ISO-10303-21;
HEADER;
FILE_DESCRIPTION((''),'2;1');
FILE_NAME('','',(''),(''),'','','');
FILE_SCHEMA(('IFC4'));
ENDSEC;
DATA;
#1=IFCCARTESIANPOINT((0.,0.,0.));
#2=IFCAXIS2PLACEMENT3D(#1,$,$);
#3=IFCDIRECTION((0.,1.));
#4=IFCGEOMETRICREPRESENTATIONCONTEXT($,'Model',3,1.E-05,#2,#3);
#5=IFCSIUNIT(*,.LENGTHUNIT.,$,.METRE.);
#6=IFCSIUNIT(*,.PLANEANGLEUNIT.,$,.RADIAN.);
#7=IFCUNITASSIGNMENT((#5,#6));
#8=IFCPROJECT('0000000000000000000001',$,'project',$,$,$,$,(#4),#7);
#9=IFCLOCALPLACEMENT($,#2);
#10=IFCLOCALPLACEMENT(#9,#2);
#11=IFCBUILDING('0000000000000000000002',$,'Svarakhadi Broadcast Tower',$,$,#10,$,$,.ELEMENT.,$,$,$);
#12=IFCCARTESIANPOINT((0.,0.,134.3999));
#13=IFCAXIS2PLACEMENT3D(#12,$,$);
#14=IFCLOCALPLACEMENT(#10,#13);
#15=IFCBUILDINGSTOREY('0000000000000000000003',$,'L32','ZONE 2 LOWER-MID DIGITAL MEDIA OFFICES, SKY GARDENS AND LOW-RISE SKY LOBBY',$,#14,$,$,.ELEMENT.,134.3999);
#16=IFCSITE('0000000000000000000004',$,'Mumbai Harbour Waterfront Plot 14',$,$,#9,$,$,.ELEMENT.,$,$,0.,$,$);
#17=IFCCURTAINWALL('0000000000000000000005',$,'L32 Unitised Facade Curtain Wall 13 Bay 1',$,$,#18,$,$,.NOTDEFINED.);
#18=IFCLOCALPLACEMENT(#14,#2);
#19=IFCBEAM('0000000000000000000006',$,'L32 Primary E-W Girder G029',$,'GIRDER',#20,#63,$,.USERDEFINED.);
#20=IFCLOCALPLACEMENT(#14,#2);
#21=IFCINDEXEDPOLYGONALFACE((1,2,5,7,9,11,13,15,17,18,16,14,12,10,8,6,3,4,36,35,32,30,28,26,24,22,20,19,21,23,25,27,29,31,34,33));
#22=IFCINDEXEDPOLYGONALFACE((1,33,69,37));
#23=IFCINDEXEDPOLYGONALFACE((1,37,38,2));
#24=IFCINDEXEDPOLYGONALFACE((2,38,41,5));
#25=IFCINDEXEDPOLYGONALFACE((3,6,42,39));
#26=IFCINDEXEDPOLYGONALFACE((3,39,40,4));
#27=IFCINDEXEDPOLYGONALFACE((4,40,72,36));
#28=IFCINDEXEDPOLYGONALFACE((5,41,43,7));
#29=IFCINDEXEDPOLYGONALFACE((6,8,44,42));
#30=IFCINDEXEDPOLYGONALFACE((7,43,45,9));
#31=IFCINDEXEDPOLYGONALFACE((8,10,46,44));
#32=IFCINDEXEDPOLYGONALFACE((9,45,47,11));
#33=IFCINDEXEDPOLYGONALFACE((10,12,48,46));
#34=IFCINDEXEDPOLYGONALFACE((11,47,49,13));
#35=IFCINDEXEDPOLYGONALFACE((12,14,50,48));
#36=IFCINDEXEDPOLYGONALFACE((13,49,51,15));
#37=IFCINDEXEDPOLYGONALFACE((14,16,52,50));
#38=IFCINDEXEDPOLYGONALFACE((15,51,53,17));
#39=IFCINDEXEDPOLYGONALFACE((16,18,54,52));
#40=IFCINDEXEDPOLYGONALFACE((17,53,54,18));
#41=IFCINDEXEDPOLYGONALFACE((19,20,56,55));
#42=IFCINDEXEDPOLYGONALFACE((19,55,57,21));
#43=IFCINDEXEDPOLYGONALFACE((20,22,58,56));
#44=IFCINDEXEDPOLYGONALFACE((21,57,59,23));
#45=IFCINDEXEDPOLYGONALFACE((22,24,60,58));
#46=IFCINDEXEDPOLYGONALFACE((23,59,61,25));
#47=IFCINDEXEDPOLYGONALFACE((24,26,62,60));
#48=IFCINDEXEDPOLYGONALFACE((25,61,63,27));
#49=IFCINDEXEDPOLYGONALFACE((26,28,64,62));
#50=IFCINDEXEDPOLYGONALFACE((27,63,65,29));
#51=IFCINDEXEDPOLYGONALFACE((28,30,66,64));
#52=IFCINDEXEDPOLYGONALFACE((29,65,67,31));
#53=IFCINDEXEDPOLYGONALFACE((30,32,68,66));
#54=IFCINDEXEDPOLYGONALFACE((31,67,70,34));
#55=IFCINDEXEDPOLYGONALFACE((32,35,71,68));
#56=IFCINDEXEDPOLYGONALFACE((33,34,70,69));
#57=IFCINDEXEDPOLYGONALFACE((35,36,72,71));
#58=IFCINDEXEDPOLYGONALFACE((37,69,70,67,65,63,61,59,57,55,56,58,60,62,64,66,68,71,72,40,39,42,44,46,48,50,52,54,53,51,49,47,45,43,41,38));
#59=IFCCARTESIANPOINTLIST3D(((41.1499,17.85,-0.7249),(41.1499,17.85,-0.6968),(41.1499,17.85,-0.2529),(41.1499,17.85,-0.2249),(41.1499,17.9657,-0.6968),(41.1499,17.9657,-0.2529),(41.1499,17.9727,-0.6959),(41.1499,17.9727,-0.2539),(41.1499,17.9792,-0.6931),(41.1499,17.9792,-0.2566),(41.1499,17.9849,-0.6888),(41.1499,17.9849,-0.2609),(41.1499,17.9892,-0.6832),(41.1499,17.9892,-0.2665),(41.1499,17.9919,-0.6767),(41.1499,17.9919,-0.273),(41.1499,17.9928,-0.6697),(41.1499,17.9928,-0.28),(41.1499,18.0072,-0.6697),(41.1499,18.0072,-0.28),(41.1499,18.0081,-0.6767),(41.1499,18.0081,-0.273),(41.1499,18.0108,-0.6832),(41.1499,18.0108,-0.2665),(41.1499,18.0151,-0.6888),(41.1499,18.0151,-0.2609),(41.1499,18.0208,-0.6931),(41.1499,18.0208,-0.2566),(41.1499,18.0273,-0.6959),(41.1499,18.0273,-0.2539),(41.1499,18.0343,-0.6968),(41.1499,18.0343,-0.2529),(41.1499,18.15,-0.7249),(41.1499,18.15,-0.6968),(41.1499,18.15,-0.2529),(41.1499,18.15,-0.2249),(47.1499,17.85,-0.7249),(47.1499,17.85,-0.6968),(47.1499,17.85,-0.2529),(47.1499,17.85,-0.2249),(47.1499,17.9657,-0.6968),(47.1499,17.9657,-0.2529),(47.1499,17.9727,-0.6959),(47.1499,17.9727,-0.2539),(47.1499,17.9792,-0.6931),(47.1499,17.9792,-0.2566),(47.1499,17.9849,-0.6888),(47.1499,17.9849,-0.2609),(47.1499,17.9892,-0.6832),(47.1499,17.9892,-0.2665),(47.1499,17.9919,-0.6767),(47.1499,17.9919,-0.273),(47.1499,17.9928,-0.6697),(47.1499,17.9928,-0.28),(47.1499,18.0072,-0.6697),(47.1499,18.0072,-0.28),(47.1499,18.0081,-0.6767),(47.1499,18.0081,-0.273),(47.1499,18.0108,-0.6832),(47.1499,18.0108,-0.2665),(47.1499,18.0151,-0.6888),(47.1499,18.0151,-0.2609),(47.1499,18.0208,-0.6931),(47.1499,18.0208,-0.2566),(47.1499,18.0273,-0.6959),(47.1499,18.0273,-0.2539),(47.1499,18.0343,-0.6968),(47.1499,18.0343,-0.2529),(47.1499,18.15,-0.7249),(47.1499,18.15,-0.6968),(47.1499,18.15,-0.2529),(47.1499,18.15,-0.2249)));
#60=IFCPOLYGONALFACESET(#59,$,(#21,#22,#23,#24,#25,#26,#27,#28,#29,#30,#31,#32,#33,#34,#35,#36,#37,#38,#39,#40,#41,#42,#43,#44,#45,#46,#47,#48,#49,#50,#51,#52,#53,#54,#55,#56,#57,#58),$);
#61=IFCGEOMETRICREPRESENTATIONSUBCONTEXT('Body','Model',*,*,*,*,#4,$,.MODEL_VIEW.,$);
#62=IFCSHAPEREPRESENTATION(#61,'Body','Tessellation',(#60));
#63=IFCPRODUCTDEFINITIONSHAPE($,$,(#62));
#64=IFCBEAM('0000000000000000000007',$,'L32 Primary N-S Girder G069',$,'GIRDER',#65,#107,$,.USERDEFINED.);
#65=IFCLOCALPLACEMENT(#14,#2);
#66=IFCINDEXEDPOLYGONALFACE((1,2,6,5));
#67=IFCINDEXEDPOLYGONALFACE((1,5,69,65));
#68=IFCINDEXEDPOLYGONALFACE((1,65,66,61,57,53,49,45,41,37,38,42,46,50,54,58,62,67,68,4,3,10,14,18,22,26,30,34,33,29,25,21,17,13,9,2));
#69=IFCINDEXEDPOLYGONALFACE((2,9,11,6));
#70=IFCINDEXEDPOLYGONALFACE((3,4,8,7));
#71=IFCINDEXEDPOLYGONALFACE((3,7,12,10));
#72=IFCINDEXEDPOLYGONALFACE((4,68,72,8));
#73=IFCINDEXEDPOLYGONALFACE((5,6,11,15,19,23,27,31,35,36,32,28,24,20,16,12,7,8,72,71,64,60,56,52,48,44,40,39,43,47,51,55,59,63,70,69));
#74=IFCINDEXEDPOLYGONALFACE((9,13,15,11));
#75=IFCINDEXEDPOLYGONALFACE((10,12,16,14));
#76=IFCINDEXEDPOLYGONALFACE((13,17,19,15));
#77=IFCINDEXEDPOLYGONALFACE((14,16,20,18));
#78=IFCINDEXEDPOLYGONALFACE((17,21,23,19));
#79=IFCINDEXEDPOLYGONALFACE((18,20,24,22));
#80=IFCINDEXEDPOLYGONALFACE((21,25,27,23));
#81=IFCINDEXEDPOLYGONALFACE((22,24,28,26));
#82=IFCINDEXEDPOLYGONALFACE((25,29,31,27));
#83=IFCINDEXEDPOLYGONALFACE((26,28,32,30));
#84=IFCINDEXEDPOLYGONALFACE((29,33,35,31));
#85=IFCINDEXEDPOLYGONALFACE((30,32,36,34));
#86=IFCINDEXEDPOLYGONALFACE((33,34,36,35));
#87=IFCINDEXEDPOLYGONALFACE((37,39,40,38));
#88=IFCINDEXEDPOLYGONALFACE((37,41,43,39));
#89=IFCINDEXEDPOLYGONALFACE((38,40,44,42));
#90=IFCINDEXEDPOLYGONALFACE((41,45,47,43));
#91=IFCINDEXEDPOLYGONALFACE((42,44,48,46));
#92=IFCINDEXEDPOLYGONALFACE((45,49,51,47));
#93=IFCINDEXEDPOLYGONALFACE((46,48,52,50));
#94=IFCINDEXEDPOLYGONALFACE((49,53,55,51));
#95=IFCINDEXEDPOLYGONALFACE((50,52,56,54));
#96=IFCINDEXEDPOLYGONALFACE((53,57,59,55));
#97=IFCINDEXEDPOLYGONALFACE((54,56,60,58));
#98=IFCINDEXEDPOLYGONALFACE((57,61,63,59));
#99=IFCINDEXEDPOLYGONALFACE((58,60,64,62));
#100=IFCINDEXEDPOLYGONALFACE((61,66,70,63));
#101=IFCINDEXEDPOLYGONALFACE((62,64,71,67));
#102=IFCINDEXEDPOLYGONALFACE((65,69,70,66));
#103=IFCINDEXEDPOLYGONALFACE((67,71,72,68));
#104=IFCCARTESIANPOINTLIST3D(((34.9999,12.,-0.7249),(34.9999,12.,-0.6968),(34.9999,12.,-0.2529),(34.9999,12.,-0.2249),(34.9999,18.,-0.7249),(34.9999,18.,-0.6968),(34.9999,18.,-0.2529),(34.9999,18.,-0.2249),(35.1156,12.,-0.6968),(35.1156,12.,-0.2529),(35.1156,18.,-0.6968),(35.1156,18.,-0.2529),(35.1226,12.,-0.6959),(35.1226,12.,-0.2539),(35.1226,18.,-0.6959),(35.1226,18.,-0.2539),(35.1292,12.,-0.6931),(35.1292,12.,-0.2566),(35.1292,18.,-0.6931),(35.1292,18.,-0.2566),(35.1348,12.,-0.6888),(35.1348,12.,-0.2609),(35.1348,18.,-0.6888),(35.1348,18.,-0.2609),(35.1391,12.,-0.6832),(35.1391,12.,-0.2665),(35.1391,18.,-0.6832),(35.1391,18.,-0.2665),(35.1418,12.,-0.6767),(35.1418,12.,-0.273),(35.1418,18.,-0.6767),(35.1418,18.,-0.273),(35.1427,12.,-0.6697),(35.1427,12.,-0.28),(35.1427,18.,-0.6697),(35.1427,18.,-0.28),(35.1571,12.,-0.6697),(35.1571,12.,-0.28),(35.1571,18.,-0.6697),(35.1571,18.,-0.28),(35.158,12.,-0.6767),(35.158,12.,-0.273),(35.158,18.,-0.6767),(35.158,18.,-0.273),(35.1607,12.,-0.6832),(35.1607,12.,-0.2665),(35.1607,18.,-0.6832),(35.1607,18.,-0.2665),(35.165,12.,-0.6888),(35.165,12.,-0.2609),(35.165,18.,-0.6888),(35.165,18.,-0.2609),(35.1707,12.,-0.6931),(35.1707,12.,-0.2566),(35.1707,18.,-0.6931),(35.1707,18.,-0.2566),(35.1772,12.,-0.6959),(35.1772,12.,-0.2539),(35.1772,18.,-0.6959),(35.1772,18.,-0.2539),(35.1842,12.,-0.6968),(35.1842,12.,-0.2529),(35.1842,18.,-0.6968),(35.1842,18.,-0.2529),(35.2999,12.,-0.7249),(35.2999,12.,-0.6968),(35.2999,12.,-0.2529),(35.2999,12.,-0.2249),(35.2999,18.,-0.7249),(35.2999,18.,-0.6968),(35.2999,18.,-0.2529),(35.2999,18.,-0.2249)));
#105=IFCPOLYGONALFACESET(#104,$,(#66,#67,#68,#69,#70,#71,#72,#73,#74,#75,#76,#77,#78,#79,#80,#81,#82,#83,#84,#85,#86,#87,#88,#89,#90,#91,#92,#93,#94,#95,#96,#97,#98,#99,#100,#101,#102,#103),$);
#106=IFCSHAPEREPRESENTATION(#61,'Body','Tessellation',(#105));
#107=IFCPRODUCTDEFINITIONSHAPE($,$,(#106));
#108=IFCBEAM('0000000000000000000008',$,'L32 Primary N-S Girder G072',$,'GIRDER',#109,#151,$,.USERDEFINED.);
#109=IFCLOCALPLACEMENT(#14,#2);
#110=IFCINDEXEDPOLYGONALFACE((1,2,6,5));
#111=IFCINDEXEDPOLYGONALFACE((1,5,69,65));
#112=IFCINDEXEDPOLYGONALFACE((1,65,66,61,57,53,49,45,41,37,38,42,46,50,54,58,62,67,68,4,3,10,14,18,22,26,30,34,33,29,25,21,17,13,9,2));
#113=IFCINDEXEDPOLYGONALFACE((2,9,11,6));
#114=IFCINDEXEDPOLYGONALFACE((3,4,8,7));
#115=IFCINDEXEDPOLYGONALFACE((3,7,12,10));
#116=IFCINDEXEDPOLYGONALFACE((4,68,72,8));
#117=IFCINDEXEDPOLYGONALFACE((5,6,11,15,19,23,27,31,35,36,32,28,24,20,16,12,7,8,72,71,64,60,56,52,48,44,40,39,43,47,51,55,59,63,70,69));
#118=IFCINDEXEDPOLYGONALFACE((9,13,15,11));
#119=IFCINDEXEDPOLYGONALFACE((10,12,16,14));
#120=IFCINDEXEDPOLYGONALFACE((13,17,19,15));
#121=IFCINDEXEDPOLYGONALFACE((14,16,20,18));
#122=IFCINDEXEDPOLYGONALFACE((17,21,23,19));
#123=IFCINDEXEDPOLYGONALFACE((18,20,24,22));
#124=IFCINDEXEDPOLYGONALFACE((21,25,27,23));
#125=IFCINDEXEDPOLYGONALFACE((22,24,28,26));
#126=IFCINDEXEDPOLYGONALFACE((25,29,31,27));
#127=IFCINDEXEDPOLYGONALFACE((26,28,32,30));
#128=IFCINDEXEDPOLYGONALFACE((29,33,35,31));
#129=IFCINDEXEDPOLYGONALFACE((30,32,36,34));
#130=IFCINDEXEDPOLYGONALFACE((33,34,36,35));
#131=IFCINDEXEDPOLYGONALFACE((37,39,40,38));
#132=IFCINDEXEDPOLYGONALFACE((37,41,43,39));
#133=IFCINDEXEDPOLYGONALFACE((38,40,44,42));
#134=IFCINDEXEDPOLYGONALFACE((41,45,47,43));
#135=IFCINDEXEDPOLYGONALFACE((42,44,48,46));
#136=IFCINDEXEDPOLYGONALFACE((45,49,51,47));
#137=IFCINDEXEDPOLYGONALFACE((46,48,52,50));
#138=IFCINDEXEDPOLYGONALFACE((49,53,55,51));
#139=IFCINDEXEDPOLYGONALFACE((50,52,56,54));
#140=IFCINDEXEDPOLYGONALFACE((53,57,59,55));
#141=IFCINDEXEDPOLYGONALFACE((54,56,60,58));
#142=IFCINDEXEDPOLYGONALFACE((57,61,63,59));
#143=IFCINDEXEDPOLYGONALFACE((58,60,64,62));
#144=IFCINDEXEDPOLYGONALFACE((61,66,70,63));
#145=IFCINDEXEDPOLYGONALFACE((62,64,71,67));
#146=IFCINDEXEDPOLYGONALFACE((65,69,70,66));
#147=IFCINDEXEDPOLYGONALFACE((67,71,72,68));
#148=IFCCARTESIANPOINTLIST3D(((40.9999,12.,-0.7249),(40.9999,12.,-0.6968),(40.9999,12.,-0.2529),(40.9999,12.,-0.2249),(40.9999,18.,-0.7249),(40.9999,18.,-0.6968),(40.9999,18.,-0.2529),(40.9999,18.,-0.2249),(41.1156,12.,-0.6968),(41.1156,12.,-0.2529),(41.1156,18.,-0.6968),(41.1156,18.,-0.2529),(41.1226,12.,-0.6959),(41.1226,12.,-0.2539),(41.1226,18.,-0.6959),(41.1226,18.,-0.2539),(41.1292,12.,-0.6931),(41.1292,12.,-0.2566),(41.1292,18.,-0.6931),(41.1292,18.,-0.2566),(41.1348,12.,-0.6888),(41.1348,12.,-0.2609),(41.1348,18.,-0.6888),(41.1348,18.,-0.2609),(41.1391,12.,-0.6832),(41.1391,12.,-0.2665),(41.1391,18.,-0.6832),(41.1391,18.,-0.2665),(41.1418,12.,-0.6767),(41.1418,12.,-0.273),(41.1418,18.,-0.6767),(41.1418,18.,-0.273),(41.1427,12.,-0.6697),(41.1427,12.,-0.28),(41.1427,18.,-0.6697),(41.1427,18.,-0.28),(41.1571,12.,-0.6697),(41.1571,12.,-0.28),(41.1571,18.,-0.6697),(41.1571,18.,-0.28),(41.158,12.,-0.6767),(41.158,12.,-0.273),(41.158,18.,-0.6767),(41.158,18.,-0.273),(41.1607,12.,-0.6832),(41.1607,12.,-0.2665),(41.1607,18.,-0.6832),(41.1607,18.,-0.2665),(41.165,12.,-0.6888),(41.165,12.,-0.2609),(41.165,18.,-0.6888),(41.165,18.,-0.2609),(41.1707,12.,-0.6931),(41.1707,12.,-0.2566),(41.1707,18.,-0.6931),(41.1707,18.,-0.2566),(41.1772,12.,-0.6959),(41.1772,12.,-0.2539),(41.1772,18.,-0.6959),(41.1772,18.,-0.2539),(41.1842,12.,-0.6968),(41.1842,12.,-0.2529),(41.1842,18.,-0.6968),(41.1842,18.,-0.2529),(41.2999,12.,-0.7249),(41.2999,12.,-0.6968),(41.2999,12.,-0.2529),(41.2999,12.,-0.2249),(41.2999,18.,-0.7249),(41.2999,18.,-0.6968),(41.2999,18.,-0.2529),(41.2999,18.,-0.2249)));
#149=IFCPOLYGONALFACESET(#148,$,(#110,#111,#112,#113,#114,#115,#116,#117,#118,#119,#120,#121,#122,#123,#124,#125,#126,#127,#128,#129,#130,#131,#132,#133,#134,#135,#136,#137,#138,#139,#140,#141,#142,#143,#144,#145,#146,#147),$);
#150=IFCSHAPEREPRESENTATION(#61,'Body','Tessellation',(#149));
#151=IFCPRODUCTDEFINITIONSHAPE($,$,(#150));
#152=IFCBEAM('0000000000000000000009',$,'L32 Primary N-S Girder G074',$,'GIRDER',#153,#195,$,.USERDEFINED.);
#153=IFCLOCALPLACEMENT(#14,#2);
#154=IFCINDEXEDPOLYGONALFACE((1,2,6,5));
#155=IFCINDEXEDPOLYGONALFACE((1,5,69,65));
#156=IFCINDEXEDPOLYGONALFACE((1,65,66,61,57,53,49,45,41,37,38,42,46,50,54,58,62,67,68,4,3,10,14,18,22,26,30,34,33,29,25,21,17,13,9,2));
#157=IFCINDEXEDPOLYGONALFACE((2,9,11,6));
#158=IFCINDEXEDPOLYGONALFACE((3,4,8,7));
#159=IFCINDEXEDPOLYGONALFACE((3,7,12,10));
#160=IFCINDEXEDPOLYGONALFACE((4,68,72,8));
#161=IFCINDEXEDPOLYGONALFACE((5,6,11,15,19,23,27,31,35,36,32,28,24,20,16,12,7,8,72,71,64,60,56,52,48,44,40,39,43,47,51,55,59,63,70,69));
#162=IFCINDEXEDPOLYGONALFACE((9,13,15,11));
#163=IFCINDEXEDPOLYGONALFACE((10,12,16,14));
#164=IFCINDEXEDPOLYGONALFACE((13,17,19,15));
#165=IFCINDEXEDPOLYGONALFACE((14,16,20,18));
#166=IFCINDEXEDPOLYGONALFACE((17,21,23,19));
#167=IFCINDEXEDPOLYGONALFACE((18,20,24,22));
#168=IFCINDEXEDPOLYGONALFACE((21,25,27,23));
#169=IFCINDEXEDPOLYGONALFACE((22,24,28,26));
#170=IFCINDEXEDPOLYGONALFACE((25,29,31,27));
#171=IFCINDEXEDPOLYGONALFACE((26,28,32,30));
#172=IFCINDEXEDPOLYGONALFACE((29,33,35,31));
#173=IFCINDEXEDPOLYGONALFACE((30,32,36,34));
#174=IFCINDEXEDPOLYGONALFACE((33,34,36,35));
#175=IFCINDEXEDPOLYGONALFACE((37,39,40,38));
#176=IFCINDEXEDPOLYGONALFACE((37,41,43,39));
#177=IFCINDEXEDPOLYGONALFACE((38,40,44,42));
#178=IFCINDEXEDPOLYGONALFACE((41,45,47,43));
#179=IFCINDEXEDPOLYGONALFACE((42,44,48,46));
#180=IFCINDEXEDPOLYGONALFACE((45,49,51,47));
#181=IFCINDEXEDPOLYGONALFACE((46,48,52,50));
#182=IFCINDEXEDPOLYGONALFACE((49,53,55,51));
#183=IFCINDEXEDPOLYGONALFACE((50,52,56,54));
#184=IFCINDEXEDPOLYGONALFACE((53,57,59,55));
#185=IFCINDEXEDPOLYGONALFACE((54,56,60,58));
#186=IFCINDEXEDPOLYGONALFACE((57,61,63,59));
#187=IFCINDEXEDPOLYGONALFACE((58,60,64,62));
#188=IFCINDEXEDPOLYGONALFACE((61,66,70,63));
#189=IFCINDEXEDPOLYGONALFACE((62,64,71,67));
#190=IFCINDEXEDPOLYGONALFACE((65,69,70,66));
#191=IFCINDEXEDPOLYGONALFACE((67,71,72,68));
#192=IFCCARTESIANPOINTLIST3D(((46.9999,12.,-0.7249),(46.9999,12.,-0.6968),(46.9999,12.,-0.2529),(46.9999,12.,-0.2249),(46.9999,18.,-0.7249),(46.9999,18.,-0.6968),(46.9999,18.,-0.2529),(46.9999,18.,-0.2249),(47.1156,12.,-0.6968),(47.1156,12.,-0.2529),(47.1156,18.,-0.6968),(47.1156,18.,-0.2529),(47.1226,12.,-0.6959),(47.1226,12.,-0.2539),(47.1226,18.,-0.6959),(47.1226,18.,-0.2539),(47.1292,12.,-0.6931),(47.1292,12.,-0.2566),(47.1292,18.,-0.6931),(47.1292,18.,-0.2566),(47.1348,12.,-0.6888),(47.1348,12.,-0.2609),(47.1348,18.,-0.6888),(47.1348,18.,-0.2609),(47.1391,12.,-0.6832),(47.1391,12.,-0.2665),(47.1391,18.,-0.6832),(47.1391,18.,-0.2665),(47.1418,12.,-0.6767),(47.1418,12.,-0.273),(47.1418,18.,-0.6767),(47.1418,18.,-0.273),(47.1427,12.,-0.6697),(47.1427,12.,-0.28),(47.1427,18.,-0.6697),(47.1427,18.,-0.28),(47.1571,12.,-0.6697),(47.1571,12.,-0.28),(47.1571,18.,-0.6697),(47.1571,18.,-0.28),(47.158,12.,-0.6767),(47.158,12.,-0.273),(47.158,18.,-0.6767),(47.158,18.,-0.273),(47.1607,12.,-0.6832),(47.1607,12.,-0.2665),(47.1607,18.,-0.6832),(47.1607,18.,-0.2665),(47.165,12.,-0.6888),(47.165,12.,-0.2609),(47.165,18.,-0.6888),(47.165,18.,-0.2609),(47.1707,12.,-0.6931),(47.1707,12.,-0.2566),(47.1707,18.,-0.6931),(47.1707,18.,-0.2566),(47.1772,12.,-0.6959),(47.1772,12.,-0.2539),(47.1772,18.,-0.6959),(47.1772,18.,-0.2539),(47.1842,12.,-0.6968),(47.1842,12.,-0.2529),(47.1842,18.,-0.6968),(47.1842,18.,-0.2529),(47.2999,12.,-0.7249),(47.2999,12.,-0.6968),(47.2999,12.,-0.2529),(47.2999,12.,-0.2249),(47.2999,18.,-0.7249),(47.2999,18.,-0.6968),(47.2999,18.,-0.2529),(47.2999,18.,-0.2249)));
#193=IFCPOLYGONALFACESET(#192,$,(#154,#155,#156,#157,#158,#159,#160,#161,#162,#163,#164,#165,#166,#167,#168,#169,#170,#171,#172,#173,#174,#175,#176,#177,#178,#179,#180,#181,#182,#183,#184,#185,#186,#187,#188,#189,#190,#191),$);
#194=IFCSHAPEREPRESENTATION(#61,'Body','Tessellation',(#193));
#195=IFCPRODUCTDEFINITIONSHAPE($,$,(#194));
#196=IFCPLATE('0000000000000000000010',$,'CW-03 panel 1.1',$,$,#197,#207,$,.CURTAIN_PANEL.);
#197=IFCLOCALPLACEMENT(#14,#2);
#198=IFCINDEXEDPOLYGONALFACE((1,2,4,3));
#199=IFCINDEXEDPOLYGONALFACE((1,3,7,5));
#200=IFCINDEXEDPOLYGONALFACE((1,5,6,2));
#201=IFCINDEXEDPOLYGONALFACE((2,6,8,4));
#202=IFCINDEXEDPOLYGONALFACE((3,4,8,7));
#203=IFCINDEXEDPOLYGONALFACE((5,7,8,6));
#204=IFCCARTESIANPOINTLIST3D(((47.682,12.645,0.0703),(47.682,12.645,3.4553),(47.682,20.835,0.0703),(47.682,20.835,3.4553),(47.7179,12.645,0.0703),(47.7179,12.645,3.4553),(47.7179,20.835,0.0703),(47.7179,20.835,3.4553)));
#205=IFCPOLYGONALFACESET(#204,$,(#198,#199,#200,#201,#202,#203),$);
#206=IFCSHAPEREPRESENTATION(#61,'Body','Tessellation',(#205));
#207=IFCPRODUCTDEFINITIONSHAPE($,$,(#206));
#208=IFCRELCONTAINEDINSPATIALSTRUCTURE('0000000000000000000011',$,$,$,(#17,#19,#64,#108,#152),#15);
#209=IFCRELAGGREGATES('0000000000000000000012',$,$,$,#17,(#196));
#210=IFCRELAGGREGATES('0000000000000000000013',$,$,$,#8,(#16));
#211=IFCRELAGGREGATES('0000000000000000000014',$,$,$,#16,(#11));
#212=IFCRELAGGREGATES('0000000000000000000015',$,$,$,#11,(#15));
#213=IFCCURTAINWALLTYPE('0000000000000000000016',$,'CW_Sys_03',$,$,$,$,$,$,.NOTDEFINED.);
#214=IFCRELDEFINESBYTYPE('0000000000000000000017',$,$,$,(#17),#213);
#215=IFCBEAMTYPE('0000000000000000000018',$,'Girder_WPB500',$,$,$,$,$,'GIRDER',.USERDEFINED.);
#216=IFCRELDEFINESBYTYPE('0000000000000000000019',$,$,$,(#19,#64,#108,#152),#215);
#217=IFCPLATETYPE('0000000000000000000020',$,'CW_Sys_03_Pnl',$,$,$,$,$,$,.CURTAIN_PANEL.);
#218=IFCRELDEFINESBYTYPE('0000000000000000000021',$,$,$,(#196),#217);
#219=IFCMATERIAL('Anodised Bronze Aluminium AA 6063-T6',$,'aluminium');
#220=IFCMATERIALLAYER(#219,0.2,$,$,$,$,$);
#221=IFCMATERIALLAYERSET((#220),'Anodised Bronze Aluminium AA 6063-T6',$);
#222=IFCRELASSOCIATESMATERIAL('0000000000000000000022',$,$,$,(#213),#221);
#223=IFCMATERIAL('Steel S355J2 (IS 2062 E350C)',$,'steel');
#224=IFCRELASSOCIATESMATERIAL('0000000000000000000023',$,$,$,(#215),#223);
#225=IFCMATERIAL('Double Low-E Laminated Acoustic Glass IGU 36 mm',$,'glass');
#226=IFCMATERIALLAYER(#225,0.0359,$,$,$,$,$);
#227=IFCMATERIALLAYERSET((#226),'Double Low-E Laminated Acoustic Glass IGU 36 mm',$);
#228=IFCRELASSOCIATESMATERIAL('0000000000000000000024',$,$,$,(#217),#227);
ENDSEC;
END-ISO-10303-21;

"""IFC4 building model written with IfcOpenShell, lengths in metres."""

from ifc_helpers import new_model, si_unit, direction, frame, origin, origin_2d, place, context, subcontext, project, spatial, rectangle, i_section, extrude, material, layer, layer_set, material_profile, profile_set, type_object, element, aggregate, save


model = new_model("IFC4")

# Units and contexts
model_context = context("Model", 3, precision=1e-05, world=origin(), true_north=direction((0.0, 1.0)))
body_context = subcontext(model_context, "Body", "Model", "MODEL_VIEW")
ifc_project = project(units=[si_unit("LENGTHUNIT", "METRE"), si_unit("PLANEANGLEUNIT", "RADIAN")], contexts=[model_context])

# Site, building, storey
site_placement = place(None, origin())
site = spatial("IfcSite", under=ifc_project, at=site_placement, Name="Mumbai Harbour Waterfront Plot 14", CompositionType="ELEMENT", RefElevation=0.0)
building_placement = place(site_placement, origin())
building = spatial("IfcBuilding", under=site, at=building_placement, Name="Svarakhadi Broadcast Tower", CompositionType="ELEMENT")
storey_placement = place(building_placement, frame((0.0, 0.0, 134.3999)))
storey = spatial("IfcBuildingStorey", under=building, at=storey_placement, Name="L32", Description="ZONE 2 LOWER-MID DIGITAL MEDIA OFFICES, SKY GARDENS AND LOW-RISE SKY LOBBY", CompositionType="ELEMENT", Elevation=134.3999)

# Shared definitions
ifc_material_1 = material(Name="Steel S355J2 (IS 2062 E350C)", Category="steel")

# Curtain wall
ifc_material_2 = material(Name="Anodised Bronze Aluminium AA 6063-T6", Category="aluminium")
ifc_layer_1 = layer(ifc_material_2, 0.2)
ifc_layer_set_1 = layer_set([ifc_layer_1], Name="Anodised Bronze Aluminium AA 6063-T6")
curtain_wall_type = type_object("IfcCurtainWallType", Name="CW_Sys_03", PredefinedType="NOTDEFINED", material=ifc_layer_set_1)
curtain_wall_placement = place(storey_placement, origin())
curtain_wall = element("IfcCurtainWall", 1, at=curtain_wall_placement, inside=storey, type_object=curtain_wall_type, Name="L32 Unitised Facade Curtain Wall 13 Bay 1", PredefinedType="NOTDEFINED")

# Beams
ifc_material_profile_1 = material_profile(ifc_material_1, i_section(OverallWidth=0.3, OverallDepth=0.5, WebThickness=0.0144, FlangeThickness=0.0281, FilletRadius=0.0271, at=origin_2d()), Name="WPB 500x300x187")
ifc_profile_set_1 = profile_set([ifc_material_profile_1], Name="Steel S355J2 (IS 2062 E350C)")
beam_type_1 = type_object("IfcBeamType", Name="Girder_WPB500", ElementType="GIRDER", PredefinedType="USERDEFINED", material=ifc_profile_set_1)
for number, where, z_axis, x_axis, name in (
    (2, (41.1499, 18.0, -0.4749), (1.0, 0.0, 0.0), (0.0, 1.0, 0.0), "L32 Primary E-W Girder G029"),
    (3, (35.1499, 12.0, -0.4749), (0.0, 1.0, 0.0), (-1.0, 0.0, 0.0), "L32 Primary N-S Girder G069"),
    (4, (41.1499, 12.0, -0.4749), (0.0, 1.0, 0.0), (-1.0, 0.0, 0.0), "L32 Primary N-S Girder G072"),
    (5, (47.1499, 12.0, -0.4749), (0.0, 1.0, 0.0), (-1.0, 0.0, 0.0), "L32 Primary N-S Girder G074"),
):
    element("IfcBeam", number, at=place(storey_placement, frame(where, z_axis=z_axis, x_axis=x_axis)), inside=storey, type_object=beam_type_1, Name=name, ObjectType="GIRDER", PredefinedType="USERDEFINED", context=body_context, shape_type="SweptSolid", body=[
        extrude(i_section(OverallWidth=0.3, OverallDepth=0.5, WebThickness=0.0144, FlangeThickness=0.0281, FilletRadius=0.0271, at=origin_2d()), origin(), (0.0, 0.0, 1.0), 6.0),
    ])

# Plate
ifc_material_3 = material(Name="Double Low-E Laminated Acoustic Glass IGU 36 mm", Category="glass")
ifc_layer_2 = layer(ifc_material_3, 0.0359)
ifc_layer_set_2 = layer_set([ifc_layer_2], Name="Double Low-E Laminated Acoustic Glass IGU 36 mm")
plate_type_1 = type_object("IfcPlateType", Name="CW_Sys_03_Pnl", PredefinedType="CURTAIN_PANEL", material=ifc_layer_set_2)
plate_1_placement = place(storey_placement, frame((47.7, 16.74, 0.0703), z_axis=(0.0, 0.0, 1.0), x_axis=(0.0, -1.0, 0.0)))
plate_1 = element("IfcPlate", 6, at=plate_1_placement, type_object=plate_type_1, Name="CW-03 panel 1.1", PredefinedType="CURTAIN_PANEL", context=body_context, shape_type="SweptSolid", body=[
    extrude(rectangle(XDim=8.1899, YDim=0.0359, at=origin_2d()), origin(), (0.0, 0.0, 1.0), 3.385),
])
aggregate(curtain_wall, [plate_1])

save(model, "model.ifc")
